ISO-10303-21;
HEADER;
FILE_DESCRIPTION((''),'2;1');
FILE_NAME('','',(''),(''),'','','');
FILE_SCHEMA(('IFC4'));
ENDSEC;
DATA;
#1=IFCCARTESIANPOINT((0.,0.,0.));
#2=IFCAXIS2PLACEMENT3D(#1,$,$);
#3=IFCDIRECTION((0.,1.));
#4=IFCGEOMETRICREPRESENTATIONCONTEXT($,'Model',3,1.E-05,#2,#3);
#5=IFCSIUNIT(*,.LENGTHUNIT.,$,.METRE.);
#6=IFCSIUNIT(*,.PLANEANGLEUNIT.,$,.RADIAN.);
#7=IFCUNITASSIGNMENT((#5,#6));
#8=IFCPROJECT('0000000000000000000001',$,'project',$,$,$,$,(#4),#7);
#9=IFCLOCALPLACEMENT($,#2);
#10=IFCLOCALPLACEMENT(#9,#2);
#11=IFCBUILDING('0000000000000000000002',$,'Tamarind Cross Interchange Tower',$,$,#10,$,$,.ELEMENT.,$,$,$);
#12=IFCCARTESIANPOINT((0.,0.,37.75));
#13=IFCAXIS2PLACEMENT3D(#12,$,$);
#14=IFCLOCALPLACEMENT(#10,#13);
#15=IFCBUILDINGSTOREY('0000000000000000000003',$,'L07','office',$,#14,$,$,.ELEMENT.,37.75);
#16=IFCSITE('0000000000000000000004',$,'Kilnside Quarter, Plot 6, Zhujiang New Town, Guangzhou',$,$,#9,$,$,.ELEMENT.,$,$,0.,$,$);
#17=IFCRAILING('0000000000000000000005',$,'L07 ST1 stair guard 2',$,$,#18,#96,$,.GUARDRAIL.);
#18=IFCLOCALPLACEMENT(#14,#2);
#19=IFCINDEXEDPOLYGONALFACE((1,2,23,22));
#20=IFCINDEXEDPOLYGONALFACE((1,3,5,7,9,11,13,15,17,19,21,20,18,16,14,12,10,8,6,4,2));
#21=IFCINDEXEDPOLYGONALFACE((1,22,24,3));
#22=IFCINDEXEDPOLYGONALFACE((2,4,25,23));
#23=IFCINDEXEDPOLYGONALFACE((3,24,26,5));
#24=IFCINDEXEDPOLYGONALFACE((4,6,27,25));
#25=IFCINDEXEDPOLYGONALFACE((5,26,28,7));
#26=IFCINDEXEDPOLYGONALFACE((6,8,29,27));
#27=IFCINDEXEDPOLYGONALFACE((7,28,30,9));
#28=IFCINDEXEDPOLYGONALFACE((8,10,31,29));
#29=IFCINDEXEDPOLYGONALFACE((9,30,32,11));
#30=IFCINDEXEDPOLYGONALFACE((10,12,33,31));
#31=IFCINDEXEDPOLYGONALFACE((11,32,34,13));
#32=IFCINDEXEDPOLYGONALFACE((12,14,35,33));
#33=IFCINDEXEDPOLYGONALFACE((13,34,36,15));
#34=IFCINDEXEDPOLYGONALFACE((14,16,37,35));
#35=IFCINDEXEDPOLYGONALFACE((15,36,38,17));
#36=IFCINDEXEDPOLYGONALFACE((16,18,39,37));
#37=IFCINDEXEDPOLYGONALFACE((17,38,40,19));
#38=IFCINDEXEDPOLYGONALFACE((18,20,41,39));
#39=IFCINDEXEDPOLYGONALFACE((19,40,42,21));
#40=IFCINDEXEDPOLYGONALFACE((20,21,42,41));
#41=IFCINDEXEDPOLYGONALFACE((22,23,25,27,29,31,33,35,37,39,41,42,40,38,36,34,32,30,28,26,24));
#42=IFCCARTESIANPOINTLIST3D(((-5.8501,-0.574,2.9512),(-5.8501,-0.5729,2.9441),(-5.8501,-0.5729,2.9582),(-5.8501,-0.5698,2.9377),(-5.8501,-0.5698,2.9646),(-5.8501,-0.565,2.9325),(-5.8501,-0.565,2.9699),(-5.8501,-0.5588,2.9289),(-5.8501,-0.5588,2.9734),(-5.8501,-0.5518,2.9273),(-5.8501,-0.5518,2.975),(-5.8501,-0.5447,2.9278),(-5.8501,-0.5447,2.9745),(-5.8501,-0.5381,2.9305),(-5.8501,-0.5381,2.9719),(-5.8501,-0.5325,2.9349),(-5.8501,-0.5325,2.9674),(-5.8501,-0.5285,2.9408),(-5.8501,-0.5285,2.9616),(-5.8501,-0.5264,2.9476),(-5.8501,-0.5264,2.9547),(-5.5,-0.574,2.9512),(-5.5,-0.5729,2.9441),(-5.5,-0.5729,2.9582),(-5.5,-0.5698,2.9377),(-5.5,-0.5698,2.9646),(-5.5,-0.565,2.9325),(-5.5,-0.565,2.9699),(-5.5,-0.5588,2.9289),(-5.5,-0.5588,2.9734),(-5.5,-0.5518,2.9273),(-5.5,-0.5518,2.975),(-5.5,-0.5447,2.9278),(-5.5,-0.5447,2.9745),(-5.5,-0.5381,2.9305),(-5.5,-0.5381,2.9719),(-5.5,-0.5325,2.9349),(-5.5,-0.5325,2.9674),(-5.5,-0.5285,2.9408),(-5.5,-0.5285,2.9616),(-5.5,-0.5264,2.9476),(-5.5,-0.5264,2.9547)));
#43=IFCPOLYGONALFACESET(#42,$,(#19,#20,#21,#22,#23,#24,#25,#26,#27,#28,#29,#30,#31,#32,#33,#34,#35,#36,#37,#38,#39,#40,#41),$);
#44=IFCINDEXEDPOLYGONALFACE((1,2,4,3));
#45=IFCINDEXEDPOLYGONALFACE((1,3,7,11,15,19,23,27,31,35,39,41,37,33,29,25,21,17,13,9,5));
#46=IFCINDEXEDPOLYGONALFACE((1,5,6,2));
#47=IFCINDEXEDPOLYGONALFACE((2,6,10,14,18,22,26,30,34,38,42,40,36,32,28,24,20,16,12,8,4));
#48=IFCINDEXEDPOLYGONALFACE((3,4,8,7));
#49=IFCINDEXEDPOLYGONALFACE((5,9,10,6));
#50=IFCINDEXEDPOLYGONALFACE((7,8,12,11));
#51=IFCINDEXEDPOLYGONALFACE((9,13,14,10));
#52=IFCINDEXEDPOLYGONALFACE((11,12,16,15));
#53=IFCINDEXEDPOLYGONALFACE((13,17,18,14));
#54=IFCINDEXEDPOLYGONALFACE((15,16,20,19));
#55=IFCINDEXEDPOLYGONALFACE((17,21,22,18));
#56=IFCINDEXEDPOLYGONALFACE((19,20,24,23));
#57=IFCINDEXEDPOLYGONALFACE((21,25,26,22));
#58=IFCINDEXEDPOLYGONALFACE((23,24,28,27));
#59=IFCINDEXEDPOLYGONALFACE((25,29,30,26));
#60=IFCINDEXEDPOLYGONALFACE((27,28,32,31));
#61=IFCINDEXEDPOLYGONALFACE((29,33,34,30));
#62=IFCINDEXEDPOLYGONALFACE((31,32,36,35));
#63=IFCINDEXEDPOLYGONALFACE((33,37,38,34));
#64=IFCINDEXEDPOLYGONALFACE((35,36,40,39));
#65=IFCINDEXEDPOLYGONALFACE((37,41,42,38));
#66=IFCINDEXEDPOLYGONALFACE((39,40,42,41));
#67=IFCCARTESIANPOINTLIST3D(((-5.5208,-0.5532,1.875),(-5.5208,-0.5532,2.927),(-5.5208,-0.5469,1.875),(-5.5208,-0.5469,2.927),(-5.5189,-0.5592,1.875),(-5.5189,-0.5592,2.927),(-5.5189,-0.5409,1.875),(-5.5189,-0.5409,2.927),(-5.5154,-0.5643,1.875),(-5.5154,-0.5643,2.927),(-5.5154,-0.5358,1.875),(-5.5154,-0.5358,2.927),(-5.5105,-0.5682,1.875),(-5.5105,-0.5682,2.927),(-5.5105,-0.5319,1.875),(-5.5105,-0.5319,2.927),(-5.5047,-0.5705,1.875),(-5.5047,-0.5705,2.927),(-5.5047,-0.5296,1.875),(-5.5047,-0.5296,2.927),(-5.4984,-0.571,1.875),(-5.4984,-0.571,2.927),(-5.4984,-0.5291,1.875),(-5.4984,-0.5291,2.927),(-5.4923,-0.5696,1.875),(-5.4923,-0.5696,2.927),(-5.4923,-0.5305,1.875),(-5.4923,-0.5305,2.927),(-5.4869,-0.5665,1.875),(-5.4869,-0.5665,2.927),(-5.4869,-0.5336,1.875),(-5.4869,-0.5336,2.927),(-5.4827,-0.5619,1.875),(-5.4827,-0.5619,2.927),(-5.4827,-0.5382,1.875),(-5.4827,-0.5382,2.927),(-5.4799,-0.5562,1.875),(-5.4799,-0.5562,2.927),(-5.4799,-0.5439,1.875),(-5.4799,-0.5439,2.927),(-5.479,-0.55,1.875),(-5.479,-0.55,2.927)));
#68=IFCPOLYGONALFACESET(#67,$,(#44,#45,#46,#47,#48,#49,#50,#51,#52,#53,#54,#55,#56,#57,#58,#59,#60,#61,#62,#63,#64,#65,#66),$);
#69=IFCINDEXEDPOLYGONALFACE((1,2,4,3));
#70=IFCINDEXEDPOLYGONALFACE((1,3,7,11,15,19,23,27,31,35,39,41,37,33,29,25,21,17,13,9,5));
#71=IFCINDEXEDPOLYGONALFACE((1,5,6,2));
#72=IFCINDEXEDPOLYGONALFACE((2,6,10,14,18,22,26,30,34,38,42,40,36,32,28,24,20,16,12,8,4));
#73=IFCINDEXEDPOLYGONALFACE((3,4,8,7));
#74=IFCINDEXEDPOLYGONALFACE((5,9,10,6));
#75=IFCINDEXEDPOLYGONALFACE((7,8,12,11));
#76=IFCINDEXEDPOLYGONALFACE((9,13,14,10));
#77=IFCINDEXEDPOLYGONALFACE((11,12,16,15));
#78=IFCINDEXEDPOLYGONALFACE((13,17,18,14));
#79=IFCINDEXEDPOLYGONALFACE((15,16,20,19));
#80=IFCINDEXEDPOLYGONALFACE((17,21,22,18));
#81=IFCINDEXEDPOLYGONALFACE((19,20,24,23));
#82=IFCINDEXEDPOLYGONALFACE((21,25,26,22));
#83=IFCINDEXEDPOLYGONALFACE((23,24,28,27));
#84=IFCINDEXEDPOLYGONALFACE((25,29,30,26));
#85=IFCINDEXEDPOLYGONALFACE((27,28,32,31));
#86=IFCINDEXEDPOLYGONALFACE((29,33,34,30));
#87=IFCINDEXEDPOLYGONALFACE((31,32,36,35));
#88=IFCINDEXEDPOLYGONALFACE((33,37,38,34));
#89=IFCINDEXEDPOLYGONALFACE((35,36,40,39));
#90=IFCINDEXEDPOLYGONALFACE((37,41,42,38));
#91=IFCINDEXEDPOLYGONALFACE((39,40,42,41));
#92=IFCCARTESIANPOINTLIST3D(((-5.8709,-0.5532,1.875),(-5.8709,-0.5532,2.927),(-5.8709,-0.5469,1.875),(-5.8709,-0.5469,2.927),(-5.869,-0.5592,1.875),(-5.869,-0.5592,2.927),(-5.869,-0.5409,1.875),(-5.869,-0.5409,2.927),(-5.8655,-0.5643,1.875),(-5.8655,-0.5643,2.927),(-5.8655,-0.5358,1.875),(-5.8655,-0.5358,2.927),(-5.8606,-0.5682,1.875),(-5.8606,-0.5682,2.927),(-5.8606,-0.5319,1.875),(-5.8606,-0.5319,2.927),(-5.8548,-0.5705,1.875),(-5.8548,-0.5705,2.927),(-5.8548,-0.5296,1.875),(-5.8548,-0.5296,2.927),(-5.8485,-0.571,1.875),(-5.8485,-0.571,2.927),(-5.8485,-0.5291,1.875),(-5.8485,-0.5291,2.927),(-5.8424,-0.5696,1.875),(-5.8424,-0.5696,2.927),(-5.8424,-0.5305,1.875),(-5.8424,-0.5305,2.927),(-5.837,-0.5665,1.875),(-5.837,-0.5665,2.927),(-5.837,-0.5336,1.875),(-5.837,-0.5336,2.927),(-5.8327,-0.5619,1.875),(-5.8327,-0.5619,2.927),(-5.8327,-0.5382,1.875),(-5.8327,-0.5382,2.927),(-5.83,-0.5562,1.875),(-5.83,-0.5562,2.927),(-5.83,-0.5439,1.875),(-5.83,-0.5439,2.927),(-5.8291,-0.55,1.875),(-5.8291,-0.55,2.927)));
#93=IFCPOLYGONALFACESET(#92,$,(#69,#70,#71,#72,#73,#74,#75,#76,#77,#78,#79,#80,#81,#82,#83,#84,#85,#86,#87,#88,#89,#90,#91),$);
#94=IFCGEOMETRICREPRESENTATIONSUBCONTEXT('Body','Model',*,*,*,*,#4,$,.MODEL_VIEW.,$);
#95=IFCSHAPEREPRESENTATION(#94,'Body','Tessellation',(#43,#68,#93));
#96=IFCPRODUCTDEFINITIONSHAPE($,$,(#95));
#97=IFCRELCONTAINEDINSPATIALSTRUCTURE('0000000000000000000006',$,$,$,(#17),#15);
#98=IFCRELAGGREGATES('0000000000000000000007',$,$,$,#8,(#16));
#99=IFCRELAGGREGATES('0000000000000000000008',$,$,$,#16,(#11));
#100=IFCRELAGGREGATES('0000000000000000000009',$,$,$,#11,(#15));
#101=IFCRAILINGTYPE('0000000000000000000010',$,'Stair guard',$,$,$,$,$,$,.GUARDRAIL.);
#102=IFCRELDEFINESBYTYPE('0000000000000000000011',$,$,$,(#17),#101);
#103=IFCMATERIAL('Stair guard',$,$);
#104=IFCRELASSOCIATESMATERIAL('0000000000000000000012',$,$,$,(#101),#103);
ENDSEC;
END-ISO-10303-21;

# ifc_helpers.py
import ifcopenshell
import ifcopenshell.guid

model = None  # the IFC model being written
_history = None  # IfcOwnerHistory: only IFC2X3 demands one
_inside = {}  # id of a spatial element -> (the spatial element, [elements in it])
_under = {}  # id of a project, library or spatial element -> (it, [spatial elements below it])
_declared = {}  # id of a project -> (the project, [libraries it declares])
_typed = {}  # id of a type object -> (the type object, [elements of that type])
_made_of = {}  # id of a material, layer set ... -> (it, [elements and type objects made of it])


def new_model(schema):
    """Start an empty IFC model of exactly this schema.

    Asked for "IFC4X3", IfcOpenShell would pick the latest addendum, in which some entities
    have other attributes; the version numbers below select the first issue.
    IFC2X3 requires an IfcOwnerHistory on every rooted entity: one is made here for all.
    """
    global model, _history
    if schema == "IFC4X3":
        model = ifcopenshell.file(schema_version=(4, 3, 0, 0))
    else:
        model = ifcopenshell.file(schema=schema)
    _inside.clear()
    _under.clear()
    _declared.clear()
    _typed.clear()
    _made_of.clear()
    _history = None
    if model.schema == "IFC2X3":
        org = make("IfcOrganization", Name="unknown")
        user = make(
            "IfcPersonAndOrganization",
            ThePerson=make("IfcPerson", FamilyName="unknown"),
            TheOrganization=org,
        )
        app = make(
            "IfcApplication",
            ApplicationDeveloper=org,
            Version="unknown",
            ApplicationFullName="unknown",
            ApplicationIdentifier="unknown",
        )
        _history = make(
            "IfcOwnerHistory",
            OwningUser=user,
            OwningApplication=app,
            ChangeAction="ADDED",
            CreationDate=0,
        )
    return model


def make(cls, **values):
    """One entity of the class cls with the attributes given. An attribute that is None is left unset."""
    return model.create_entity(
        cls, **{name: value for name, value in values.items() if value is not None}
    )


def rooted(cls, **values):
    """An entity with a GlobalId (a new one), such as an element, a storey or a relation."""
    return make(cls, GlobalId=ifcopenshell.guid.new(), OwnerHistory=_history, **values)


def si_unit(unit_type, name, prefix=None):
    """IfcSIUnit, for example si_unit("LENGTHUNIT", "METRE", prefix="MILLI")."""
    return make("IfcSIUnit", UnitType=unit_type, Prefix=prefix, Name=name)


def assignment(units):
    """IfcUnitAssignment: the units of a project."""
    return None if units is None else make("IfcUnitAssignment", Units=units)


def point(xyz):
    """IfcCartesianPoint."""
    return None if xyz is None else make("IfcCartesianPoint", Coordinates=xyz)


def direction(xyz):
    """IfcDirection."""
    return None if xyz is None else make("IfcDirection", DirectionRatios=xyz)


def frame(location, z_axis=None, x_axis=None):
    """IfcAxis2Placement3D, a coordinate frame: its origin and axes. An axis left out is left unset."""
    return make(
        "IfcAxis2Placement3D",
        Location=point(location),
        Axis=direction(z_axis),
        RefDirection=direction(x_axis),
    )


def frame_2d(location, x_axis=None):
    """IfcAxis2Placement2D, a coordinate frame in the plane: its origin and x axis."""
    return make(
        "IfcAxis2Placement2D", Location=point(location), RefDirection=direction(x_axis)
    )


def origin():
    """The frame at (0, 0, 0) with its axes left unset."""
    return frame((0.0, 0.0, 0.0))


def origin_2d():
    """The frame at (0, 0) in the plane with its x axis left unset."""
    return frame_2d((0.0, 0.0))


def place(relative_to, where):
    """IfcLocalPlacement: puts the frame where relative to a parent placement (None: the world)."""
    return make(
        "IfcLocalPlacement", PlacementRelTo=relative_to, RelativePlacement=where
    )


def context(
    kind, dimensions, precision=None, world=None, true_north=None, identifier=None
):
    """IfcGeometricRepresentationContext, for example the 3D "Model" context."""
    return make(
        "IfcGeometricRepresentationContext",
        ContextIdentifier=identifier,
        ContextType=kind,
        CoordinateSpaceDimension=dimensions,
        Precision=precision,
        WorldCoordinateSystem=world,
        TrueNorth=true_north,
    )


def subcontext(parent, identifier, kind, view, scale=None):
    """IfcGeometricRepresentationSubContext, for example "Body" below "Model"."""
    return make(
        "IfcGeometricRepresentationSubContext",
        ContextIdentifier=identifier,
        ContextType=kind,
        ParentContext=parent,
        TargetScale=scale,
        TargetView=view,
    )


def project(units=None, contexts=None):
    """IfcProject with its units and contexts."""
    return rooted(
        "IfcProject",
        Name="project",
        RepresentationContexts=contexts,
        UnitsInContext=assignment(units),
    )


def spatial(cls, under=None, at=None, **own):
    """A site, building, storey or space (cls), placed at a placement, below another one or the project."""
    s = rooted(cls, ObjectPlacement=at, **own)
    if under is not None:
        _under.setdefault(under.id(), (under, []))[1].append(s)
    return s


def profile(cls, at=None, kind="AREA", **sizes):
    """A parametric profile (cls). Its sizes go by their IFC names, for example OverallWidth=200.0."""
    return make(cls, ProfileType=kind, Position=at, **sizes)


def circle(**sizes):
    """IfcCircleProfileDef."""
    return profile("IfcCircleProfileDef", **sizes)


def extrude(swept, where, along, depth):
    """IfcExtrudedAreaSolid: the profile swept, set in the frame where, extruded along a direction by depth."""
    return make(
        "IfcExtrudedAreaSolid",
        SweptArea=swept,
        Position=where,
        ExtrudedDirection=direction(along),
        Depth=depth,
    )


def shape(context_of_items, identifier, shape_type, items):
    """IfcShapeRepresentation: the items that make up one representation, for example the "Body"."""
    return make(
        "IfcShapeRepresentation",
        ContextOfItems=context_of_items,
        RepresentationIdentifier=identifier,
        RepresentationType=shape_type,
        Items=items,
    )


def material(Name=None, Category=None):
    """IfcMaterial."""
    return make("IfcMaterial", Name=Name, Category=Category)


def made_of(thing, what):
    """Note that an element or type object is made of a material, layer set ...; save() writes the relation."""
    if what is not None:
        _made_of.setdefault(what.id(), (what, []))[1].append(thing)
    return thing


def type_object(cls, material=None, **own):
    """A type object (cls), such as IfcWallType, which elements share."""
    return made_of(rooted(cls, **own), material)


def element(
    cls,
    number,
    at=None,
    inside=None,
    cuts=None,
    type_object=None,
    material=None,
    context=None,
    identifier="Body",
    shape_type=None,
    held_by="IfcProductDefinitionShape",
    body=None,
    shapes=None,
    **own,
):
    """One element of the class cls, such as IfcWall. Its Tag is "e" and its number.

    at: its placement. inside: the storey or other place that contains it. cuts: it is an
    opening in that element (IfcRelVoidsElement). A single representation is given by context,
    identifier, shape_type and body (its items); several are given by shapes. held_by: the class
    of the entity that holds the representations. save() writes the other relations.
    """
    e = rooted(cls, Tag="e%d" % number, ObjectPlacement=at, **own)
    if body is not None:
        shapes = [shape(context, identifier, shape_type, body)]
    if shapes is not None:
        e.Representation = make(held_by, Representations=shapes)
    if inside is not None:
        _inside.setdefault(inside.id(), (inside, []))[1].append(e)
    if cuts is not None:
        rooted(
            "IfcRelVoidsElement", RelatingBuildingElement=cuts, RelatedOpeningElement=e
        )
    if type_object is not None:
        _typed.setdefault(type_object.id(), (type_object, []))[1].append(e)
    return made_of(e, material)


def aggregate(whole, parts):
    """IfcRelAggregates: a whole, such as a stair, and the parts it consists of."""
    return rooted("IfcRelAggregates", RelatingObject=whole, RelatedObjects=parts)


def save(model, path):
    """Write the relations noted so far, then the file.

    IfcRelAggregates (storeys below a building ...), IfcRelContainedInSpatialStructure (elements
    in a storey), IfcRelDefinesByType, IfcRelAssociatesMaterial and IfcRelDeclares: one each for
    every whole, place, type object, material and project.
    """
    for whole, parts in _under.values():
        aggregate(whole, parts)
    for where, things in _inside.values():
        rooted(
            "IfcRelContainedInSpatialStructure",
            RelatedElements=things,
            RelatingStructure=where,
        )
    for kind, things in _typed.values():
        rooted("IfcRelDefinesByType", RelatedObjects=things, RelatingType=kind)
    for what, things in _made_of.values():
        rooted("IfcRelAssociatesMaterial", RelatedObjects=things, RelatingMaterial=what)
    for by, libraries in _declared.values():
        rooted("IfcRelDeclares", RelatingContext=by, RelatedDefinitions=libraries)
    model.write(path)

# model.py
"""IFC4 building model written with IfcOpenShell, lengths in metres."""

from ifc_helpers import new_model, si_unit, direction, frame, origin, origin_2d, place, context, subcontext, project, spatial, circle, extrude, material, type_object, element, save


model = new_model("IFC4")

# Units and contexts
model_context = context("Model", 3, precision=1e-05, world=origin(), true_north=direction((0.0, 1.0)))
body_context = subcontext(model_context, "Body", "Model", "MODEL_VIEW")
ifc_project = project(units=[si_unit("LENGTHUNIT", "METRE"), si_unit("PLANEANGLEUNIT", "RADIAN")], contexts=[model_context])

# Site, building, storey
site_placement = place(None, origin())
site = spatial("IfcSite", under=ifc_project, at=site_placement, Name="Kilnside Quarter, Plot 6, Zhujiang New Town, Guangzhou", CompositionType="ELEMENT", RefElevation=0.0)
building_placement = place(site_placement, origin())
building = spatial("IfcBuilding", under=site, at=building_placement, Name="Tamarind Cross Interchange Tower", CompositionType="ELEMENT")
storey_placement = place(building_placement, frame((0.0, 0.0, 37.75)))
storey = spatial("IfcBuildingStorey", under=building, at=storey_placement, Name="L07", Description="office", CompositionType="ELEMENT", Elevation=37.75)

# Railing
ifc_material_1 = material(Name="Stair guard")
railing_type_1 = type_object("IfcRailingType", Name="Stair guard", PredefinedType="GUARDRAIL", material=ifc_material_1)
railing_1_placement = place(storey_placement, frame((-5.5, -0.55, 1.875)))
element("IfcRailing", 1, at=railing_1_placement, inside=storey, type_object=railing_type_1, Name="L07 ST1 stair guard 2", PredefinedType="GUARDRAIL", context=body_context, shape_type="SweptSolid", body=[
    extrude(circle(Radius=0.0239, at=origin_2d()), frame((0.0, 0.0, 1.0762), z_axis=(-1.0, 0.0, 0.0), x_axis=(0.0, -1.0, 0.0)), (0.0, 0.0, 1.0), 0.3501),
    extrude(circle(Radius=0.021, at=origin_2d()), origin(), (0.0, 0.0, 1.0), 1.052),
    extrude(circle(Radius=0.021, at=origin_2d()), frame((-0.3501, 0.0, 0.0)), (0.0, 0.0, 1.0), 1.052),
])

save(model, "model.ifc")
